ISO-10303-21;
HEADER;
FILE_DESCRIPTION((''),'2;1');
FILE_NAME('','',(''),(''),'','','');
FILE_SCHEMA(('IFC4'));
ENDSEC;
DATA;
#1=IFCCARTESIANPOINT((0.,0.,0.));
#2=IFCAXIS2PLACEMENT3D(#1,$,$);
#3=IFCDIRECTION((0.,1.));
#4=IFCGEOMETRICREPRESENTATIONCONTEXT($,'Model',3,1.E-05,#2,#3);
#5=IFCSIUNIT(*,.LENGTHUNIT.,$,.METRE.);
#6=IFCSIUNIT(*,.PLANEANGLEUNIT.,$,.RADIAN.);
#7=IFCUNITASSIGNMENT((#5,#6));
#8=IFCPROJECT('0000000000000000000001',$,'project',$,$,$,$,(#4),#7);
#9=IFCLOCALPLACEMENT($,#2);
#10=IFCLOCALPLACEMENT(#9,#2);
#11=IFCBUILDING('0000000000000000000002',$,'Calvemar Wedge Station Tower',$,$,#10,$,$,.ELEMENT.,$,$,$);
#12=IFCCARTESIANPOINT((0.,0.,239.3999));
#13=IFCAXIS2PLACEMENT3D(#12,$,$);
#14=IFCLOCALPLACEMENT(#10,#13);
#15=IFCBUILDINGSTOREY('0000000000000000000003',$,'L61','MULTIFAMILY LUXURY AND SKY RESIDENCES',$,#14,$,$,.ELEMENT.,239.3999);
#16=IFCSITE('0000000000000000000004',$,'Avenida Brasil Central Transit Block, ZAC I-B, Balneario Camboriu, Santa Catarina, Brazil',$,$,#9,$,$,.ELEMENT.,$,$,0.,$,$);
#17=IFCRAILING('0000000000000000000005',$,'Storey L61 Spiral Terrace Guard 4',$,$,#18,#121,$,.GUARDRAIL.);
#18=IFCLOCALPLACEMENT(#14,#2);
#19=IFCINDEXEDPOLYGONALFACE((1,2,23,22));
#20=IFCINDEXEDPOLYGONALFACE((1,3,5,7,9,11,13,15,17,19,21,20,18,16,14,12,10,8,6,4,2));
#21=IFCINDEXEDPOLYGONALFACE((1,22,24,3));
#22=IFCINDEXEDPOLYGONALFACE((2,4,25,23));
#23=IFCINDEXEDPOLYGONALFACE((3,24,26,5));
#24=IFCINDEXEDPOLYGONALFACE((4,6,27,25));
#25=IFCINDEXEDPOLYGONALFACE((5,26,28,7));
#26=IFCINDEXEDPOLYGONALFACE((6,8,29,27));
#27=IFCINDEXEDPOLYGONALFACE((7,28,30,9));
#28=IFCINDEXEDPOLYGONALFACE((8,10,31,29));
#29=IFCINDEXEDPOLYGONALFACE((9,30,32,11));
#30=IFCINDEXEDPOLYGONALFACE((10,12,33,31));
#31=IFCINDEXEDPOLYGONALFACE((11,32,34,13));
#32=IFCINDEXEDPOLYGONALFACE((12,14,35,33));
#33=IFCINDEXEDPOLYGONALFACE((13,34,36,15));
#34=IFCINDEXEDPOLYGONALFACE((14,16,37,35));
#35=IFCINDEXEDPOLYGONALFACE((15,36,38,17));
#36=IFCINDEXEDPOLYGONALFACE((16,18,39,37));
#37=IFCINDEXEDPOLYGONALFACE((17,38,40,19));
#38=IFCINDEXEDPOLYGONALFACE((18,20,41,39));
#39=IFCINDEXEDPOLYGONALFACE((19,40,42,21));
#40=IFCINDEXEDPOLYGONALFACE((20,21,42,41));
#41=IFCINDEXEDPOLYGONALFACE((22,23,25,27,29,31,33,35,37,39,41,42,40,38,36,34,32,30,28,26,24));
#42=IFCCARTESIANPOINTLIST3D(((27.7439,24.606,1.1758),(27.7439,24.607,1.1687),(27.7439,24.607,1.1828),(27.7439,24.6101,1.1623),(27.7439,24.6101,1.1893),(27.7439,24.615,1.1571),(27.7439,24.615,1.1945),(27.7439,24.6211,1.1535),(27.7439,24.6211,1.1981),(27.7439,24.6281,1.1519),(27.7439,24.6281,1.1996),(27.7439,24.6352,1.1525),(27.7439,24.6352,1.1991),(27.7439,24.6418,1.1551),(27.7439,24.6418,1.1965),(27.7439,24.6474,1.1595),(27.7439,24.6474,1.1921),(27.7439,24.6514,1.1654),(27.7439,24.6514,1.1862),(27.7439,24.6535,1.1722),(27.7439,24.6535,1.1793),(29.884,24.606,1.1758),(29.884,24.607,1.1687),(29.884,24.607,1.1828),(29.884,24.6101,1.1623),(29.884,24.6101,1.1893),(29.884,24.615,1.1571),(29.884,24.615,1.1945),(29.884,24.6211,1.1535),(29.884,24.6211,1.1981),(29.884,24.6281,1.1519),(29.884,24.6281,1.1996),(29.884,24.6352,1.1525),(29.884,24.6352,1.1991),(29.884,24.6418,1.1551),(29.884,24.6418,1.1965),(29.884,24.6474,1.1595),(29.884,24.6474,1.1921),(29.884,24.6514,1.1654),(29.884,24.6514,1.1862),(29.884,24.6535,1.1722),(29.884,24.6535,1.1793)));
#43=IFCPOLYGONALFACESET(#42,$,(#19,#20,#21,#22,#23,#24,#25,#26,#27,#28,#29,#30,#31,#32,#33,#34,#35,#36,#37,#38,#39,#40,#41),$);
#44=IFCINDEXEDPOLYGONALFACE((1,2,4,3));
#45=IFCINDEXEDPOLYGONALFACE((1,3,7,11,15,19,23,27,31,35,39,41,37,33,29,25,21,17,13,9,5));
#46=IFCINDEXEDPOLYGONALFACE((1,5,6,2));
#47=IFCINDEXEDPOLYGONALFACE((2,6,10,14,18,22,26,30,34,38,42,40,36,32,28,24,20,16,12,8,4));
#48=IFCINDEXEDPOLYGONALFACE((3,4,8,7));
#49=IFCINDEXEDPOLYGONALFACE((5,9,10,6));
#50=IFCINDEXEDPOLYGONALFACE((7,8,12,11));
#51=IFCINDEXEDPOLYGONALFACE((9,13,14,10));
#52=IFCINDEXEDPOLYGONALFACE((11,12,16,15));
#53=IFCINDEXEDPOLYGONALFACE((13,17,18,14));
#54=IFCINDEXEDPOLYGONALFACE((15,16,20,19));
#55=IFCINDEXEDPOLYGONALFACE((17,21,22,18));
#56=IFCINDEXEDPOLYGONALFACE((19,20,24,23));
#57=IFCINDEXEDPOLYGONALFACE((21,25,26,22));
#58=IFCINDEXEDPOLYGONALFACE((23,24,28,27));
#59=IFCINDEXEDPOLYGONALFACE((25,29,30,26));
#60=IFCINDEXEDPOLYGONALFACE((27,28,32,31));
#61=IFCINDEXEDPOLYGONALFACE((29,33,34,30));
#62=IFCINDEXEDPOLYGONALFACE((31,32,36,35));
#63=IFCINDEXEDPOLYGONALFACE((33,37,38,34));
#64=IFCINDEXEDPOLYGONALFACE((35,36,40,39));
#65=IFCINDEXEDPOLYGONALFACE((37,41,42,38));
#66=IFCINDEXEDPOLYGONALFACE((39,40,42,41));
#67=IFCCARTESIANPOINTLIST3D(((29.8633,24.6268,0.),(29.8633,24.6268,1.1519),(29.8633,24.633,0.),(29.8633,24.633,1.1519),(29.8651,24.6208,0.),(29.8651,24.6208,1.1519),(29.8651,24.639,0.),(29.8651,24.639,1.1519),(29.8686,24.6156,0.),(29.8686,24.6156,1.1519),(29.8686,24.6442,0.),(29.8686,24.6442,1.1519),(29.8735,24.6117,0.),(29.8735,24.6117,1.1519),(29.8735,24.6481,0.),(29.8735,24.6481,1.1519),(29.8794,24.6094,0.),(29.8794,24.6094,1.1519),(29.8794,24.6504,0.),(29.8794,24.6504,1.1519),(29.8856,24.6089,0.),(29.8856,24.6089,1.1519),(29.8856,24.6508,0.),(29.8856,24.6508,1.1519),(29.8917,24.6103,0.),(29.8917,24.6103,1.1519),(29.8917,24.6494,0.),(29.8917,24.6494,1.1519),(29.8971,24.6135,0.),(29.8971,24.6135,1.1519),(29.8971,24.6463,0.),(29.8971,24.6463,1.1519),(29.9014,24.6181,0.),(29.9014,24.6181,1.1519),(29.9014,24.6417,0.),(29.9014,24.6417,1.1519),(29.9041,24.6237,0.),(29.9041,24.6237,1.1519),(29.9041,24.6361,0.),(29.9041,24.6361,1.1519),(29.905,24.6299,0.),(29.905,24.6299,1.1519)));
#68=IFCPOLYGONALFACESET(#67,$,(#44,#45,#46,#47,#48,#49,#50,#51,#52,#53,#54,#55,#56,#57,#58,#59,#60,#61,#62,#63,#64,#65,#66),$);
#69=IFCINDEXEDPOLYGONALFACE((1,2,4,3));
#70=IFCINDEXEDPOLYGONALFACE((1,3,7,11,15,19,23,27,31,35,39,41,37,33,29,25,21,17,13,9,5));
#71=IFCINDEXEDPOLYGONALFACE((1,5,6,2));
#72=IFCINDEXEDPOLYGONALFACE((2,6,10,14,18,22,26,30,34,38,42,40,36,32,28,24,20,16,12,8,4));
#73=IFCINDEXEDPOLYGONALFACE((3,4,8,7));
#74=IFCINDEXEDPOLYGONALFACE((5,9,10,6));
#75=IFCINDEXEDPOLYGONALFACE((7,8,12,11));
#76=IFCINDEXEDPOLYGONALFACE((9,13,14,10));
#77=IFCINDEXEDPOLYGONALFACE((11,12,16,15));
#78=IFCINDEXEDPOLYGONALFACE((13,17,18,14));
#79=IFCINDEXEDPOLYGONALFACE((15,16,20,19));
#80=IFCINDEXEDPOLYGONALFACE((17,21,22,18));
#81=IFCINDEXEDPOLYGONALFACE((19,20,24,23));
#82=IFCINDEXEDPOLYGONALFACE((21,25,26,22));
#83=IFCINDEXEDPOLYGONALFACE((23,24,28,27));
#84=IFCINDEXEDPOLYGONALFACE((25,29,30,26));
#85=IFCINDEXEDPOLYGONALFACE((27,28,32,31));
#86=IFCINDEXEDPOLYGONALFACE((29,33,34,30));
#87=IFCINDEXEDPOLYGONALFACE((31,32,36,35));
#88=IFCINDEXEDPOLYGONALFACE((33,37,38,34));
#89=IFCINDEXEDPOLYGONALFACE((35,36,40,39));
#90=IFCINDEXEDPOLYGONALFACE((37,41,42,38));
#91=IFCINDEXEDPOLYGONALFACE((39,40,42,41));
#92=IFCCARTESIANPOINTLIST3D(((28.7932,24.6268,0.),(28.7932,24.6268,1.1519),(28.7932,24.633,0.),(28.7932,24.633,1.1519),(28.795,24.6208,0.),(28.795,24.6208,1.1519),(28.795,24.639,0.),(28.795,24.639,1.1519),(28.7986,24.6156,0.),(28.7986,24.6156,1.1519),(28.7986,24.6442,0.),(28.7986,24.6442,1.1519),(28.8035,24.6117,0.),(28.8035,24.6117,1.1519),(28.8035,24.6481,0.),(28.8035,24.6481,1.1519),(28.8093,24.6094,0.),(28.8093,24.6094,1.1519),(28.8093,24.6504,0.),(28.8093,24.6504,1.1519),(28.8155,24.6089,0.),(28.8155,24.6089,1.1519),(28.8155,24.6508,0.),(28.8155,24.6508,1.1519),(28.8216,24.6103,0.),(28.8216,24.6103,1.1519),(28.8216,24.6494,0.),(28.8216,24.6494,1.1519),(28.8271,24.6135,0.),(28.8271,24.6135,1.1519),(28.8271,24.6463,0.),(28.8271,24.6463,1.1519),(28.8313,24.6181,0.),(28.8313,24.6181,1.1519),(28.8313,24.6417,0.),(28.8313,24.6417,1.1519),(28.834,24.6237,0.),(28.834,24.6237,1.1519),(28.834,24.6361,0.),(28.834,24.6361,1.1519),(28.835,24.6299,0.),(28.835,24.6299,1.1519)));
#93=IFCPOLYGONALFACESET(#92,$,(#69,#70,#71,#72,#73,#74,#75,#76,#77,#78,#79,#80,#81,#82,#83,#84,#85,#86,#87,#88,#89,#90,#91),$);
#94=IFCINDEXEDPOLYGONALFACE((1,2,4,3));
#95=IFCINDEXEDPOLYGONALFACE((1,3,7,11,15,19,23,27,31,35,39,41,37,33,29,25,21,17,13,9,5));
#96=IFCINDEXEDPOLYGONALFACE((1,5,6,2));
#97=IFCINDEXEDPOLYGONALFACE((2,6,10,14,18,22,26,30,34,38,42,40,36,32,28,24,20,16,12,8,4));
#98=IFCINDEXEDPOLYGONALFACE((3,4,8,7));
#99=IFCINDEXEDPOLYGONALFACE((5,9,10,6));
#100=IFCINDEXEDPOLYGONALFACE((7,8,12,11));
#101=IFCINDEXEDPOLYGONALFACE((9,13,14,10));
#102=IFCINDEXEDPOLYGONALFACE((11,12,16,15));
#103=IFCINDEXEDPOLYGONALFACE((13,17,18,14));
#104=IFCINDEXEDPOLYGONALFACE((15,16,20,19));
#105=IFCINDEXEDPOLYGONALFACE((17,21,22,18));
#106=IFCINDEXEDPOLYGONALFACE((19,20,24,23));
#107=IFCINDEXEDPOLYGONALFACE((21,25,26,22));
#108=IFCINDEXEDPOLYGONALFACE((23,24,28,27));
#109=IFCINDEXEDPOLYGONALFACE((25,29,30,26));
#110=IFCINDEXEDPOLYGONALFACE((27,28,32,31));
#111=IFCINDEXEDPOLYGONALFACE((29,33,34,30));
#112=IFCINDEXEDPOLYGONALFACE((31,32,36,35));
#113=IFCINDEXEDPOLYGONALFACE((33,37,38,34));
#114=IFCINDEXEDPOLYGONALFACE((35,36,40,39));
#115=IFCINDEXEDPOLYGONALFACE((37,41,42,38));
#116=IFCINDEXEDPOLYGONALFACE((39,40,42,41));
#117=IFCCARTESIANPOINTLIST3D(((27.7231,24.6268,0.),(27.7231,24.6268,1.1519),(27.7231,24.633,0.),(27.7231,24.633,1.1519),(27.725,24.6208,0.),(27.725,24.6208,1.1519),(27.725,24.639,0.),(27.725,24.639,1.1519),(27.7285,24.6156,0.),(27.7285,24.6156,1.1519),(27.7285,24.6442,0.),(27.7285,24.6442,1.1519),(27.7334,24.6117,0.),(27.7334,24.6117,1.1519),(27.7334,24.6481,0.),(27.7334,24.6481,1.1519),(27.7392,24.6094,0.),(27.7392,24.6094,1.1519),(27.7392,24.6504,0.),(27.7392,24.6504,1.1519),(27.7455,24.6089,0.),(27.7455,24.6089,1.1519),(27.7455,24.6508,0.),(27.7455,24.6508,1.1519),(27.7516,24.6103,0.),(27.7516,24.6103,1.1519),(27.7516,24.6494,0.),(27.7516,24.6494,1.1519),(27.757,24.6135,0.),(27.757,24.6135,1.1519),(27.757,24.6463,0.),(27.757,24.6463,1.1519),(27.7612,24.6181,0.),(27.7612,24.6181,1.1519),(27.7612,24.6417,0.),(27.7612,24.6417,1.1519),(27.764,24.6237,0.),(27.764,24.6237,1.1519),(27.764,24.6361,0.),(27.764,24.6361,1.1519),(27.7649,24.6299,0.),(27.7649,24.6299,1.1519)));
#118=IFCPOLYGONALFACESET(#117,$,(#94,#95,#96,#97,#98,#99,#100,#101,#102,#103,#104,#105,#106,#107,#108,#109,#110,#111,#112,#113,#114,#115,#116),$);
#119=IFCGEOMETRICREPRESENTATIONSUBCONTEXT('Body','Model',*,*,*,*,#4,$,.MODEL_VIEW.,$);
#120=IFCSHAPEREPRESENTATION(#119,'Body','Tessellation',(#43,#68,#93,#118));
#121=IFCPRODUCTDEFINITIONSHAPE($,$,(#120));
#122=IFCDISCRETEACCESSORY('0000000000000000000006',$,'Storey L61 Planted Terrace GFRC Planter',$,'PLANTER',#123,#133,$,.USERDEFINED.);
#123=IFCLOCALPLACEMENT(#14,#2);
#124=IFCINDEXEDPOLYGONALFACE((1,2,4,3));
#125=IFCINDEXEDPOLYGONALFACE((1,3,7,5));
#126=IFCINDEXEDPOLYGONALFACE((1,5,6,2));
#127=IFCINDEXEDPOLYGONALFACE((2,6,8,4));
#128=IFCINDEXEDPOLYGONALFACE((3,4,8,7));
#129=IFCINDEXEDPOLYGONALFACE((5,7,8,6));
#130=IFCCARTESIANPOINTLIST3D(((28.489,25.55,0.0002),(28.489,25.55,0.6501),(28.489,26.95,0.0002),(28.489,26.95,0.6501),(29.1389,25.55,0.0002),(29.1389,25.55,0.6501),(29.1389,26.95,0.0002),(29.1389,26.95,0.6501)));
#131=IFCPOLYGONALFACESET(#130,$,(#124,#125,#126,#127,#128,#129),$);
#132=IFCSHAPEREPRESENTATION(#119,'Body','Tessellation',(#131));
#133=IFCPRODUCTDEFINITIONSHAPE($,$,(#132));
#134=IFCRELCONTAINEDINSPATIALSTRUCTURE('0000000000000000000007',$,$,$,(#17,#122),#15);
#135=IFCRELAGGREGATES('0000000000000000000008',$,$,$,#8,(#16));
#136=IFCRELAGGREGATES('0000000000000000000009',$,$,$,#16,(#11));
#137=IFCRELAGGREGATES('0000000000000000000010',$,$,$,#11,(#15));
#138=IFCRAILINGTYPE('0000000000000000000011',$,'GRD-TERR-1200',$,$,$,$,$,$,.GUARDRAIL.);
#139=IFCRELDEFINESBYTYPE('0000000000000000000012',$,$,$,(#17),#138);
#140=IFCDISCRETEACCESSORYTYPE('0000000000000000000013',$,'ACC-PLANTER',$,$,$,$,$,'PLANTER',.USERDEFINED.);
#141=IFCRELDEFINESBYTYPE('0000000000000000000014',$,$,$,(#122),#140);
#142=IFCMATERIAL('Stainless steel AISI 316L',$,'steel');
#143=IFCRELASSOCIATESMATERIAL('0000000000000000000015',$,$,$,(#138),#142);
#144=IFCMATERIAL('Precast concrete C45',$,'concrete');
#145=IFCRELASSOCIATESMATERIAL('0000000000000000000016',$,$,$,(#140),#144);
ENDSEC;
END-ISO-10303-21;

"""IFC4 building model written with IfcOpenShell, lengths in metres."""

from ifc_helpers import new_model, si_unit, direction, frame, origin, origin_2d, place, context, subcontext, project, spatial, rectangle, circle, extrude, source, transform, mapped, material, type_object, element, save


model = new_model("IFC4")

# Units and contexts
model_context = context("Model", 3, precision=1e-05, world=origin(), true_north=direction((0.0, 1.0)))
body_context = subcontext(model_context, "Body", "Model", "MODEL_VIEW")
ifc_project = project(units=[si_unit("LENGTHUNIT", "METRE"), si_unit("PLANEANGLEUNIT", "RADIAN")], contexts=[model_context])

# Site, building, storey
site_placement = place(None, origin())
site = spatial("IfcSite", under=ifc_project, at=site_placement, Name="Avenida Brasil Central Transit Block, ZAC I-B, Balneario Camboriu, Santa Catarina, Brazil", CompositionType="ELEMENT", RefElevation=0.0)
building_placement = place(site_placement, origin())
building = spatial("IfcBuilding", under=site, at=building_placement, Name="Calvemar Wedge Station Tower", CompositionType="ELEMENT")
storey_placement = place(building_placement, frame((0.0, 0.0, 239.3999)))
storey = spatial("IfcBuildingStorey", under=building, at=storey_placement, Name="L61", Description="MULTIFAMILY LUXURY AND SKY RESIDENCES", CompositionType="ELEMENT", Elevation=239.3999)

# Shared definitions
ifc_material_1 = material(Name="Precast concrete C45", Category="concrete")

# Railing
ifc_material_2 = material(Name="Stainless steel AISI 316L", Category="steel")
railing_type = type_object("IfcRailingType", Name="GRD-TERR-1200", PredefinedType="GUARDRAIL", material=ifc_material_2)
railing_1_placement = place(storey_placement, frame((29.884, 24.6299, 0.0)))
element("IfcRailing", 1, at=railing_1_placement, inside=storey, type_object=railing_type, Name="Storey L61 Spiral Terrace Guard 4", PredefinedType="GUARDRAIL", context=body_context, shape_type="SweptSolid", body=[
    extrude(circle(Radius=0.0239, at=origin_2d()), frame((0.0, 0.0, 1.1758), z_axis=(-1.0, 0.0, 0.0), x_axis=(0.0, -1.0, 0.0)), (0.0, 0.0, 1.0), 2.1401),
    extrude(circle(Radius=0.021, at=origin_2d()), origin(), (0.0, 0.0, 1.0), 1.1519),
    extrude(circle(Radius=0.021, at=origin_2d()), frame((-1.0701, 0.0, 0.0)), (0.0, 0.0, 1.0), 1.1519),
    extrude(circle(Radius=0.021, at=origin_2d()), frame((-2.1401, 0.0, 0.0)), (0.0, 0.0, 1.0), 1.1519),
])

# Discrete accessory
discrete_accessory_type = type_object("IfcDiscreteAccessoryType", Name="ACC-PLANTER", ElementType="PLANTER", PredefinedType="USERDEFINED", material=ifc_material_1)
shared_shape_1 = source(origin(), body_context, "Body", "SweptSolid", [
    extrude(rectangle(XDim=0.6499, YDim=1.3999, at=origin_2d()), origin(), (0.0, 0.0, 1.0), 0.6499),
])
discrete_accessory_placement = place(storey_placement, frame((28.814, 26.25, 0.0002), z_axis=(0.0, 0.0, 1.0), x_axis=(1.0, 0.0, 0.0)))
element("IfcDiscreteAccessory", 2, at=discrete_accessory_placement, inside=storey, type_object=discrete_accessory_type, Name="Storey L61 Planted Terrace GFRC Planter", ObjectType="PLANTER", PredefinedType="USERDEFINED", context=body_context, shape_type="MappedRepresentation", body=[
    mapped(shared_shape_1, transform((0.0, 0.0, 0.0), scale=1.0)),
])

save(model, "model.ifc")
